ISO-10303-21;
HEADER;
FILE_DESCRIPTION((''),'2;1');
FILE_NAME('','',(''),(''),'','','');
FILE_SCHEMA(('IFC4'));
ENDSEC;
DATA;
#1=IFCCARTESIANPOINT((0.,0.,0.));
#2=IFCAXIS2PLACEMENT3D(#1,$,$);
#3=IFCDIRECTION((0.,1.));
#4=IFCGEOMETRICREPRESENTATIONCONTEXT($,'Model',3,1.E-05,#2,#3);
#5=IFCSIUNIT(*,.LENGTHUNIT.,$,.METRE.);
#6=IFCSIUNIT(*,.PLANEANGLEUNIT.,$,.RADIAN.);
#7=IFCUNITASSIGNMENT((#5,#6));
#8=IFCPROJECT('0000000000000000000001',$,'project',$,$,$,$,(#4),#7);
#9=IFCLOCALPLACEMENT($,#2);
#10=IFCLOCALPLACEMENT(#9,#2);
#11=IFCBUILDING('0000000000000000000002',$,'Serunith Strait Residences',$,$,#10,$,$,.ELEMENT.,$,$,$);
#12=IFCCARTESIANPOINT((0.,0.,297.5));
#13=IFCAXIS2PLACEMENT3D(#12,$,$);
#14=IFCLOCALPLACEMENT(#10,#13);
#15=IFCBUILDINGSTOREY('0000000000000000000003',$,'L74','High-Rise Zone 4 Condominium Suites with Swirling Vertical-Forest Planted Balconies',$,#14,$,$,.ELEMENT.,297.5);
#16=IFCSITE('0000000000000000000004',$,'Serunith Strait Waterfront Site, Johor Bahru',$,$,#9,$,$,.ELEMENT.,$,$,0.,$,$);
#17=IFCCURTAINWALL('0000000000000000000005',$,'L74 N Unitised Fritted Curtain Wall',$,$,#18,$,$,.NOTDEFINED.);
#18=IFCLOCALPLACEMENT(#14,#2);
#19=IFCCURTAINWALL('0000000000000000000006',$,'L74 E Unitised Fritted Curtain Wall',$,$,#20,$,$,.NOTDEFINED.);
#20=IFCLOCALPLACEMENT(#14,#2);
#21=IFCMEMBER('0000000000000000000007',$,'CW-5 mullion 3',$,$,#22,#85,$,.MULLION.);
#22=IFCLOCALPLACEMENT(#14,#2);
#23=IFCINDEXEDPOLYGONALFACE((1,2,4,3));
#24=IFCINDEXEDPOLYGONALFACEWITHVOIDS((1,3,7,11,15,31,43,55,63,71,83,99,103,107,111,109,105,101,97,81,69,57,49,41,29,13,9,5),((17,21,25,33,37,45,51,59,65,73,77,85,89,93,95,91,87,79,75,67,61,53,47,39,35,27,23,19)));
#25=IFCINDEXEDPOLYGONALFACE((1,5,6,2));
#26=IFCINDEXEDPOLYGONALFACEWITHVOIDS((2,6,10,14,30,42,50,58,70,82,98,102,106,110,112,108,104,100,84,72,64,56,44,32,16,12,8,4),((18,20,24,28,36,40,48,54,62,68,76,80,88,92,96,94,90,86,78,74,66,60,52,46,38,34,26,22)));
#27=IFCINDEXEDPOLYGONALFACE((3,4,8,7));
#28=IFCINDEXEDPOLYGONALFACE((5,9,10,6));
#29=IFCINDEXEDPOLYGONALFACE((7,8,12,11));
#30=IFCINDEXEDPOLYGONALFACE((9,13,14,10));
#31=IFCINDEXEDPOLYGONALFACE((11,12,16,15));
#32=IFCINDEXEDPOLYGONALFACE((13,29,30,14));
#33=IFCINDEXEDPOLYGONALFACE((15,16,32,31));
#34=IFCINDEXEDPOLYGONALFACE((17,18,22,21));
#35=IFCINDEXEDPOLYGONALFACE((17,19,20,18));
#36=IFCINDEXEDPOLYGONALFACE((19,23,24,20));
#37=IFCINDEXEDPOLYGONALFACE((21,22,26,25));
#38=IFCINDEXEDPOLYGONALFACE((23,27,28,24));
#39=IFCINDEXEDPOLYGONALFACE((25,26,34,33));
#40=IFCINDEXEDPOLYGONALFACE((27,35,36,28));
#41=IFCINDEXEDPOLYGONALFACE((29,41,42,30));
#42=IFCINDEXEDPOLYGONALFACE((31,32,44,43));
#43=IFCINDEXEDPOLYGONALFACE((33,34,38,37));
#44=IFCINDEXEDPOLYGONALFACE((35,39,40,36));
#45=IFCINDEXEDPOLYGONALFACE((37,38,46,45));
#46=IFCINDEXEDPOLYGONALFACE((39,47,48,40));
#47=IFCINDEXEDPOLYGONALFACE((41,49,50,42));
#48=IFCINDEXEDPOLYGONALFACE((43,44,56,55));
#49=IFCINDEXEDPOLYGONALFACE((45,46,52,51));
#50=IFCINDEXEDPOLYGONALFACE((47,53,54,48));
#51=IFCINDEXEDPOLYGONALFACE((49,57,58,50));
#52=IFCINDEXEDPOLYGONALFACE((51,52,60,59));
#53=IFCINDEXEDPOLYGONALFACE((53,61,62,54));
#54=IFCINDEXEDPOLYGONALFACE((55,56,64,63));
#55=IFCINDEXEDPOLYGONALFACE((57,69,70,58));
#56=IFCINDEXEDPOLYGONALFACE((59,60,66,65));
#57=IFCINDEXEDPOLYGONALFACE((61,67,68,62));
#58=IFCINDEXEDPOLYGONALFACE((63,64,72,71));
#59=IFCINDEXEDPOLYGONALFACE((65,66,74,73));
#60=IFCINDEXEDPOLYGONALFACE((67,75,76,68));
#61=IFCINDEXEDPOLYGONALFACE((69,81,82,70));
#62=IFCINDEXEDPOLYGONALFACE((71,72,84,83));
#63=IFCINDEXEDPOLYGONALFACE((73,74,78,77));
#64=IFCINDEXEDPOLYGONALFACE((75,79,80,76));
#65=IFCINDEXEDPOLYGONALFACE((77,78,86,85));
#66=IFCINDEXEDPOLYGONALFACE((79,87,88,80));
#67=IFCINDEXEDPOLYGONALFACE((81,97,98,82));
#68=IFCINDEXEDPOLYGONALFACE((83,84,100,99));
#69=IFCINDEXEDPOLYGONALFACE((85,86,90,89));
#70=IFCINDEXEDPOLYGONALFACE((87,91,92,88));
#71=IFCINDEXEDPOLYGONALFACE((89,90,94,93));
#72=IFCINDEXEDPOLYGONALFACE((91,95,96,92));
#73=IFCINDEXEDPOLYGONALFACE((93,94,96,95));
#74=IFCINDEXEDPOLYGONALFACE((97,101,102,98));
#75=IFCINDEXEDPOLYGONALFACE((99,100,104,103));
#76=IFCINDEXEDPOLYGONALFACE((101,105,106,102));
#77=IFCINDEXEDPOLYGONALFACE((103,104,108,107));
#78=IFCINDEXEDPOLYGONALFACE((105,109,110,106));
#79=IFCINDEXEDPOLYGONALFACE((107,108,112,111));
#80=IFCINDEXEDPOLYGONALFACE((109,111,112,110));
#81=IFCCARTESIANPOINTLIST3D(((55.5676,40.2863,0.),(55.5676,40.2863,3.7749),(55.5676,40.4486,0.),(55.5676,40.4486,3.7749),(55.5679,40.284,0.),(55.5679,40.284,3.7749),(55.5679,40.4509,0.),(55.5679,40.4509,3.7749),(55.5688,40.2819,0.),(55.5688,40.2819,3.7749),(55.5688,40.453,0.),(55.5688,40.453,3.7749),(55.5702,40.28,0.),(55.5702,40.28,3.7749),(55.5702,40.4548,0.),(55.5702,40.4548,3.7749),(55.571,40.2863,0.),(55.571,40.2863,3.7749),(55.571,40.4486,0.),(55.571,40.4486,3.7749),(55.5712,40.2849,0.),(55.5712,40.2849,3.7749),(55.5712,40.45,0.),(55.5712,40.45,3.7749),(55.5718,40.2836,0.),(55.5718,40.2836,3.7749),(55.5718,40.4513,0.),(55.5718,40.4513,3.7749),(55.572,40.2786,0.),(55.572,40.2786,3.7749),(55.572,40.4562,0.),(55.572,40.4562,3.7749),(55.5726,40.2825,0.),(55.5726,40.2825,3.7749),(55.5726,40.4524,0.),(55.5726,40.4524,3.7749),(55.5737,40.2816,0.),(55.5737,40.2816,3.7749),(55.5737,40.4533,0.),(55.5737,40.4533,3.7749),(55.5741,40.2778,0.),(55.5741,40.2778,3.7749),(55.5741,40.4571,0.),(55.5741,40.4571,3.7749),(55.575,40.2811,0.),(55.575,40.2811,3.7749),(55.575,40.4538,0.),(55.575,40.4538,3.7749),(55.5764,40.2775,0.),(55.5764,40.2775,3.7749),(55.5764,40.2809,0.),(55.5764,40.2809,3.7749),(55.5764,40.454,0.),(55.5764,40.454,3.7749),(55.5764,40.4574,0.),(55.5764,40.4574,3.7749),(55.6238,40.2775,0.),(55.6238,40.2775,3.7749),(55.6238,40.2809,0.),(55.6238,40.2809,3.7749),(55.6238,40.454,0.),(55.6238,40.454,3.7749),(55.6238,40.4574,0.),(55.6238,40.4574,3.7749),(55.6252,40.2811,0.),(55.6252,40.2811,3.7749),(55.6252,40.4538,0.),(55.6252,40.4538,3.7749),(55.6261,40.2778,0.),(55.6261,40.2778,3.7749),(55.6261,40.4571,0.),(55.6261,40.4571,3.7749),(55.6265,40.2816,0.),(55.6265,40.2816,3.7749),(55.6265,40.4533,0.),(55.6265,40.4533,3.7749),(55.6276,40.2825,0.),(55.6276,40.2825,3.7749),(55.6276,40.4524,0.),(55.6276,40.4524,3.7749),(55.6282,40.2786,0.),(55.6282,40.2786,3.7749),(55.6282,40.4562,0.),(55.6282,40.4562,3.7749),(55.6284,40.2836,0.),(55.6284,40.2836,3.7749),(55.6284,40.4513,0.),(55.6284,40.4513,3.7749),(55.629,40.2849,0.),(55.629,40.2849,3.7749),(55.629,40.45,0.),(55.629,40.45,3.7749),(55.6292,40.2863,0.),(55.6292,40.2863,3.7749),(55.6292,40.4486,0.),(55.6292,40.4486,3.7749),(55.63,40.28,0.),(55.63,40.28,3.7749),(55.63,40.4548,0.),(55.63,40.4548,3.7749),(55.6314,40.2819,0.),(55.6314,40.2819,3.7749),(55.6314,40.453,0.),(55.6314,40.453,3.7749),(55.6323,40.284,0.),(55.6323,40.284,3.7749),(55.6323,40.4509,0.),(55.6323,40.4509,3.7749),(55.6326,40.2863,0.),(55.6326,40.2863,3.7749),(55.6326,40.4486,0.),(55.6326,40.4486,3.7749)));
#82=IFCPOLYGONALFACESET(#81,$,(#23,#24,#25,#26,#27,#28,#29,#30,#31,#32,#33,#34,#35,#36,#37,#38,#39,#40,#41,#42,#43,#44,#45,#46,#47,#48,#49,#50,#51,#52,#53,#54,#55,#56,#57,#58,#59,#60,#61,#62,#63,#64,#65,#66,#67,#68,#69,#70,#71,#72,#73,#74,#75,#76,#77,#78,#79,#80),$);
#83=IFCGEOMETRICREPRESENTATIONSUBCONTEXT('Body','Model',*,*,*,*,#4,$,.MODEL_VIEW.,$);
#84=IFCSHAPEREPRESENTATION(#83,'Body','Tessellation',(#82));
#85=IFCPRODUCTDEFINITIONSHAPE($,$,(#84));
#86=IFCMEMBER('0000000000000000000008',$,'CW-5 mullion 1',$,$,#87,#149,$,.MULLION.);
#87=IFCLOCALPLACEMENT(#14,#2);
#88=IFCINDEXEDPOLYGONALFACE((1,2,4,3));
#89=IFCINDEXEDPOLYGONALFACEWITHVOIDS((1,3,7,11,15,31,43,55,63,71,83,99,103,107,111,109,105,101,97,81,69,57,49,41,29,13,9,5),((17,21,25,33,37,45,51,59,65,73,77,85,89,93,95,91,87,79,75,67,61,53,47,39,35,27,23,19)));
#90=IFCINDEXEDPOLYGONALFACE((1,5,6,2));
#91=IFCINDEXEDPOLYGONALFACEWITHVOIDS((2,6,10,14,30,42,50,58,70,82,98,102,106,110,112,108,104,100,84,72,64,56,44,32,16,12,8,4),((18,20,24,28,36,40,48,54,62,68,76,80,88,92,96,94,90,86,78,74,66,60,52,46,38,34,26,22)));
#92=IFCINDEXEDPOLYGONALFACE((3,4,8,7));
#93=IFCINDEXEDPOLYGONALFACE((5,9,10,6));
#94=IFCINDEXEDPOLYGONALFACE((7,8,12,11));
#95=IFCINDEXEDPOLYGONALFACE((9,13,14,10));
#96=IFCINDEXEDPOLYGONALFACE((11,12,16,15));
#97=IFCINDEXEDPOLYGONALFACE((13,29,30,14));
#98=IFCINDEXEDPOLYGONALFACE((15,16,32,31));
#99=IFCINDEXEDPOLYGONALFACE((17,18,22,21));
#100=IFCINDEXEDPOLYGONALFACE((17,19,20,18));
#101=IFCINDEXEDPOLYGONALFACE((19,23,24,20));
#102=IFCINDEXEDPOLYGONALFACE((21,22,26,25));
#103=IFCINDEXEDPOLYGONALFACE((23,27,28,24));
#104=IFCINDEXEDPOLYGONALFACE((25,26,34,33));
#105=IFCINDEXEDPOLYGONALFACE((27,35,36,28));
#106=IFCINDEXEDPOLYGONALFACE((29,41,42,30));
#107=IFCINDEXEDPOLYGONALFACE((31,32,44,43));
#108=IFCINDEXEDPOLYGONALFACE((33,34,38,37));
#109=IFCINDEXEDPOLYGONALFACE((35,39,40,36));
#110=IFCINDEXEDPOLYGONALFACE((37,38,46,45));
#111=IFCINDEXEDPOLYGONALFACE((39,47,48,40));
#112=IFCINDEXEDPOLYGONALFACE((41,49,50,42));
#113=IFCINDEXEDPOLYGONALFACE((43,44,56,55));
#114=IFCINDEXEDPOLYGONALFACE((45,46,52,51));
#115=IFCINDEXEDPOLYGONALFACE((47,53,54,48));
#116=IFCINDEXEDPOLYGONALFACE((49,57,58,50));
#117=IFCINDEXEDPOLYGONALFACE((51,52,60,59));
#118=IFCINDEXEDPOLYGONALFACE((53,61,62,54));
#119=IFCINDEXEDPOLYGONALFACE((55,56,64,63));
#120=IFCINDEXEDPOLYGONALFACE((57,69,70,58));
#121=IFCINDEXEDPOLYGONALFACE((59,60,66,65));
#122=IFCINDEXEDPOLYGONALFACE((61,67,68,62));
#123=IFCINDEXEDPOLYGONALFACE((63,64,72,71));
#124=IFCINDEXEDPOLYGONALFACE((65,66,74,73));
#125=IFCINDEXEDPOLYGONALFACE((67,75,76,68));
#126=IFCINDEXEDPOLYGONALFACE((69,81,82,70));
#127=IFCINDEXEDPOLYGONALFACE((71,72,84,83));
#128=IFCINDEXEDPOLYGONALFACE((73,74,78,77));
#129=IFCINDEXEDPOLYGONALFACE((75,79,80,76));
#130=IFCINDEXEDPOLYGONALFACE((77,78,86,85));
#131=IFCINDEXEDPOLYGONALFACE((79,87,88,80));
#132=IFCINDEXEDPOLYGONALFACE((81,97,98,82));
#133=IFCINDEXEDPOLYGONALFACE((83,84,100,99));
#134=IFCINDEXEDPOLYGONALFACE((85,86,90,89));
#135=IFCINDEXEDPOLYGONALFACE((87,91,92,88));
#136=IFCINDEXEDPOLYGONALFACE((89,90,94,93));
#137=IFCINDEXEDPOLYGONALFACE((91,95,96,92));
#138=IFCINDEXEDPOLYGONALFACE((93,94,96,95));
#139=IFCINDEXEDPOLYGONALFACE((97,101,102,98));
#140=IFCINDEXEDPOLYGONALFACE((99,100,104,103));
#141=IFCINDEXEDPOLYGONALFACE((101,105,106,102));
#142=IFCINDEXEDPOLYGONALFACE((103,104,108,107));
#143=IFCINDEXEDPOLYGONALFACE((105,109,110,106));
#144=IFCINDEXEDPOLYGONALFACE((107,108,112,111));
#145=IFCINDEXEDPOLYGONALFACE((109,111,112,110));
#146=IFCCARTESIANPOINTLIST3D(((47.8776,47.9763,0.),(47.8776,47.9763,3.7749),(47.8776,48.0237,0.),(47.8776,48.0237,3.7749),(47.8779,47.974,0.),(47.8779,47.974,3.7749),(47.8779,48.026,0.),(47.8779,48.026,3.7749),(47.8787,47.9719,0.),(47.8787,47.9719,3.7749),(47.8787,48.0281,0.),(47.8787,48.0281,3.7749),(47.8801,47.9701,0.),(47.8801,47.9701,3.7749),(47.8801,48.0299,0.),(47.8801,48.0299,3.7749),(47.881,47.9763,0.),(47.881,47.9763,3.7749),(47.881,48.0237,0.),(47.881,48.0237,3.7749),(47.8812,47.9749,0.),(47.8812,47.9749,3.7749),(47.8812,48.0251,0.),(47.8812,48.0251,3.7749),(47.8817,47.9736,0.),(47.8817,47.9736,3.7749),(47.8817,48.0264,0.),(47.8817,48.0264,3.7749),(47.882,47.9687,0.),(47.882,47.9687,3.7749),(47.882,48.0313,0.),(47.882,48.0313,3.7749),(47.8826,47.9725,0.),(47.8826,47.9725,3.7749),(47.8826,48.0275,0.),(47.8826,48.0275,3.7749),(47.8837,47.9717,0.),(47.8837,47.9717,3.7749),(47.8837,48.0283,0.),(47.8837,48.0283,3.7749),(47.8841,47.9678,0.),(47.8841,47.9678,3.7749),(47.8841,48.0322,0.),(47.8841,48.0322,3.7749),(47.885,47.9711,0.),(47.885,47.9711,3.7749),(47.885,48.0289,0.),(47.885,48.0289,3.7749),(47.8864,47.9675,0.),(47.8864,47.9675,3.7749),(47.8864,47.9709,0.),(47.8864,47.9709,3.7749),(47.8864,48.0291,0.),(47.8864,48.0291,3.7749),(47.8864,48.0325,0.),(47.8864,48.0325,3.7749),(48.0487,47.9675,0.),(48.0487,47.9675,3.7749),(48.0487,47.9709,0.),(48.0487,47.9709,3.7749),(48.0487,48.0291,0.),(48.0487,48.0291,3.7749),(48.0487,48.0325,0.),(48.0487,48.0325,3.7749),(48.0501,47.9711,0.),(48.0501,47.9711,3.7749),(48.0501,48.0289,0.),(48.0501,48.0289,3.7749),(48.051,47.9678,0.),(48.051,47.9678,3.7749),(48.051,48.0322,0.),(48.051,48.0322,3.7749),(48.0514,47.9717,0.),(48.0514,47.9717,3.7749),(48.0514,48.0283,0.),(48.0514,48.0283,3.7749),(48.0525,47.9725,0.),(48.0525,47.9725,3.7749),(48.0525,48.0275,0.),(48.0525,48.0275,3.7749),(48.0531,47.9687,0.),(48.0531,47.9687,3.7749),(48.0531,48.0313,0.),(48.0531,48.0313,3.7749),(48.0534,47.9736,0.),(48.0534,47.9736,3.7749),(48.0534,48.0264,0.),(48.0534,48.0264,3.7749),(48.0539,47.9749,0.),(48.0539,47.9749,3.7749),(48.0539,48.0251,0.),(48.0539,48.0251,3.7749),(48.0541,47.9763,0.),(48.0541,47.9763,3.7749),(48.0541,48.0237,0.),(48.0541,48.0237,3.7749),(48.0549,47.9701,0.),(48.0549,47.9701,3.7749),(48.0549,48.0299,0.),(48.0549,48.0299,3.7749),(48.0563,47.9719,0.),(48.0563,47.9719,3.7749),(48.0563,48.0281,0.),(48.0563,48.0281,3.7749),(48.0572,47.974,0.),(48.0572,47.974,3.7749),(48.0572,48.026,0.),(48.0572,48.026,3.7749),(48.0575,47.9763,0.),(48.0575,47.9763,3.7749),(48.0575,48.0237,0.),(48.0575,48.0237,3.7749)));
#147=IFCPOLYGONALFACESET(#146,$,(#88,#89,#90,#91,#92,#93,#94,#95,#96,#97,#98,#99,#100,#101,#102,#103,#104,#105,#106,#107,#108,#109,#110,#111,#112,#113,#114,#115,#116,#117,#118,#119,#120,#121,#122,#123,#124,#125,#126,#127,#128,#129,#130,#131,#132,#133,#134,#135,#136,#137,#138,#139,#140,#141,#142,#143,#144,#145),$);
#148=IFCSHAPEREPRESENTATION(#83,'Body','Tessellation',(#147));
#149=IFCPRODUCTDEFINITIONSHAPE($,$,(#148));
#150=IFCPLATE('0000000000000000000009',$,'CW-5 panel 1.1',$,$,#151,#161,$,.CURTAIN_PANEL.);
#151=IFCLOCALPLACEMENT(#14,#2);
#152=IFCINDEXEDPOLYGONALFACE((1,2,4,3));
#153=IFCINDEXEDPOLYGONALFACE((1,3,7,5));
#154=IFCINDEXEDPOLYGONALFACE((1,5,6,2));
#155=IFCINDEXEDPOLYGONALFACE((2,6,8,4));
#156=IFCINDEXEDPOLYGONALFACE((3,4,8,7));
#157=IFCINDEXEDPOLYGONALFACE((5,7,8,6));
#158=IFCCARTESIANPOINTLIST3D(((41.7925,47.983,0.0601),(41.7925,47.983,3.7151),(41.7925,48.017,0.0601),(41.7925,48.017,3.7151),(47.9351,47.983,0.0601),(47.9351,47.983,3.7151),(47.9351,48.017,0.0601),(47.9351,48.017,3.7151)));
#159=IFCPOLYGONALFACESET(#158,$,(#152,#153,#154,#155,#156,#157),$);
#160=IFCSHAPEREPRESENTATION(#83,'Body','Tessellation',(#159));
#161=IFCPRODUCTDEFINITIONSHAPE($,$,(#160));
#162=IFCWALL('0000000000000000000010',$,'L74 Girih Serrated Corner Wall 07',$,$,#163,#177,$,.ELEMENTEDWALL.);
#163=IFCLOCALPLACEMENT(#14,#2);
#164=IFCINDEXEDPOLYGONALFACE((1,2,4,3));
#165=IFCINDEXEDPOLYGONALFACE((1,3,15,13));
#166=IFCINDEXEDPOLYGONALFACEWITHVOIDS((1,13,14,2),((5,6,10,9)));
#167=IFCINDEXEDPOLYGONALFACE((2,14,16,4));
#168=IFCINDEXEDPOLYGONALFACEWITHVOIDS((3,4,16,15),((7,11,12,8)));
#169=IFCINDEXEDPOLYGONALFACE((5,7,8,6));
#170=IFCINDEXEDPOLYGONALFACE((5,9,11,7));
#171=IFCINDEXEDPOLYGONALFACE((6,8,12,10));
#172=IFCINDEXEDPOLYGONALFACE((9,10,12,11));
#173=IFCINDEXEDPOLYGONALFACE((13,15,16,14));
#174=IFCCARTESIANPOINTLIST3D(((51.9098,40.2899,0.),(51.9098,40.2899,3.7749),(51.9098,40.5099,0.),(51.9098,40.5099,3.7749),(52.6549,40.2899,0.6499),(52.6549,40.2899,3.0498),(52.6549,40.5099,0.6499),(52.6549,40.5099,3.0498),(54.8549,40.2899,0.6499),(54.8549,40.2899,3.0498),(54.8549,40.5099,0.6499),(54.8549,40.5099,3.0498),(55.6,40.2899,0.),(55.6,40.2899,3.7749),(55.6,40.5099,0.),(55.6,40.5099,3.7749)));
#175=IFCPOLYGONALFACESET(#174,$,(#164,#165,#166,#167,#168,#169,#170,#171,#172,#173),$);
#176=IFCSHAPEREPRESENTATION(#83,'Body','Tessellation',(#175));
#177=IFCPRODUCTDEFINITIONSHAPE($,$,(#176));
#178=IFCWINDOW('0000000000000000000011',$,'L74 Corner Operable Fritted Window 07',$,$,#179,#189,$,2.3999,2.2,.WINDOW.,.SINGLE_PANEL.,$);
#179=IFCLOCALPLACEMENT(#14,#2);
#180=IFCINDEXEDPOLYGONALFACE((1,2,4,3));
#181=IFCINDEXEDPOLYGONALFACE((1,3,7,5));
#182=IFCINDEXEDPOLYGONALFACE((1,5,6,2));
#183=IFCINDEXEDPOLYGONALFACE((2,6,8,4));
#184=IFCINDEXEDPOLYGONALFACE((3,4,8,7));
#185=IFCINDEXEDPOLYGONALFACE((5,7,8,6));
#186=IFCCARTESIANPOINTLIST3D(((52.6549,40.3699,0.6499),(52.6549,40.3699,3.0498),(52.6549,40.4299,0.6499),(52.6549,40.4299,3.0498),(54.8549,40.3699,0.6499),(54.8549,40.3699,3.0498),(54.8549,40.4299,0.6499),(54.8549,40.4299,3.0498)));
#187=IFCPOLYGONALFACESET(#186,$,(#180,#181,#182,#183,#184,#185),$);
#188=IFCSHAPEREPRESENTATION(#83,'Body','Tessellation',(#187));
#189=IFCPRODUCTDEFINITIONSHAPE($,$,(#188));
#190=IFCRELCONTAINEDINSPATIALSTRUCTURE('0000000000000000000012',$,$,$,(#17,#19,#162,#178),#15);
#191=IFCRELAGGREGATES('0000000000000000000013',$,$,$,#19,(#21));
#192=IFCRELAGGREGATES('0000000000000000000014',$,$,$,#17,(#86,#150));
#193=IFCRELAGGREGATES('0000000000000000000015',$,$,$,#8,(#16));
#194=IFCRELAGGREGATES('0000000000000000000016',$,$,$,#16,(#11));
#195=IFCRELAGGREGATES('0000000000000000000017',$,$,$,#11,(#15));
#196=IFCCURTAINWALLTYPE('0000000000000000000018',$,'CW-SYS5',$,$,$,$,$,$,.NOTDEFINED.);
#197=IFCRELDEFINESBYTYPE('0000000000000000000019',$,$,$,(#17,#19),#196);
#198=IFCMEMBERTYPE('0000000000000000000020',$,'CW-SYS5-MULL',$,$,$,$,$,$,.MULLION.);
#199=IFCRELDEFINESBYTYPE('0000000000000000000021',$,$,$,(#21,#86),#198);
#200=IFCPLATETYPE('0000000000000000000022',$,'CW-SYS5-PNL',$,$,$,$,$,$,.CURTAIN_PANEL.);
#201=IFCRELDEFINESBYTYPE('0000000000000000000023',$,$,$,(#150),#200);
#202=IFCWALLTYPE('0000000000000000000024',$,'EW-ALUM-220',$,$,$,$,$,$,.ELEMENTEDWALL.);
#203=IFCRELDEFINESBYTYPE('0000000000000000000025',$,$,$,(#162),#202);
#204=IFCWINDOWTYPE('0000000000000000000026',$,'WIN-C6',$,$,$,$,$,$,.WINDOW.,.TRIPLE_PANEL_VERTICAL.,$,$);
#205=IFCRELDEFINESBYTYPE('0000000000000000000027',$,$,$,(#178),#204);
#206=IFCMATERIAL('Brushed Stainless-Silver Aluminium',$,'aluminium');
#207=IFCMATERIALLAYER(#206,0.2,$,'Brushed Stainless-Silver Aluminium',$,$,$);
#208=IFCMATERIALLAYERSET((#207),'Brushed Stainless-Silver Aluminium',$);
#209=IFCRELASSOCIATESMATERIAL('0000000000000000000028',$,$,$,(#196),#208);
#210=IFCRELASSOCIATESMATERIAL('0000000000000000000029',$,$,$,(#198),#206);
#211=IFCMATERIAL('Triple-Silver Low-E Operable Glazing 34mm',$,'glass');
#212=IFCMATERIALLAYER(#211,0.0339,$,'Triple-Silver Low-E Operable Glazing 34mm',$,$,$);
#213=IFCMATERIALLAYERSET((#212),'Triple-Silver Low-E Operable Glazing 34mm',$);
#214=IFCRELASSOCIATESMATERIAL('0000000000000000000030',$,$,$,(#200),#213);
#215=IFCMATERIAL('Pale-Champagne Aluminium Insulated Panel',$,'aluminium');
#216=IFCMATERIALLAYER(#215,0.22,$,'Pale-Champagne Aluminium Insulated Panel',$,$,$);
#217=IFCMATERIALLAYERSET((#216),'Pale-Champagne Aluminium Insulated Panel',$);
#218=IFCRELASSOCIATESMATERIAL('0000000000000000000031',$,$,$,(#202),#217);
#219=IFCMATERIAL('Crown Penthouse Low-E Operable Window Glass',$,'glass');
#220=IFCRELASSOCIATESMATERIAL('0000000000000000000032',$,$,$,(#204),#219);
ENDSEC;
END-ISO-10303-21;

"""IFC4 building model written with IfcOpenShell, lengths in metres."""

from ifc_helpers import new_model, si_unit, direction, frame, frame_2d, origin, origin_2d, place, context, subcontext, project, spatial, rectangle, hollow_rectangle, extrude, source, transform, mapped, material, layer, layer_set, material_profile, profile_set, type_object, element, fill, aggregate, save


model = new_model("IFC4")

# Units and contexts
model_context = context("Model", 3, precision=1e-05, world=origin(), true_north=direction((0.0, 1.0)))
body_context = subcontext(model_context, "Body", "Model", "MODEL_VIEW")
ifc_project = project(units=[si_unit("LENGTHUNIT", "METRE"), si_unit("PLANEANGLEUNIT", "RADIAN")], contexts=[model_context])

# Site, building, storey
site_placement = place(None, origin())
site = spatial("IfcSite", under=ifc_project, at=site_placement, Name="Serunith Strait Waterfront Site, Johor Bahru", CompositionType="ELEMENT", RefElevation=0.0)
building_placement = place(site_placement, origin())
building = spatial("IfcBuilding", under=site, at=building_placement, Name="Serunith Strait Residences", CompositionType="ELEMENT")
storey_placement = place(building_placement, frame((0.0, 0.0, 297.5)))
storey = spatial("IfcBuildingStorey", under=building, at=storey_placement, Name="L74", Description="High-Rise Zone 4 Condominium Suites with Swirling Vertical-Forest Planted Balconies", CompositionType="ELEMENT", Elevation=297.5)

# Curtain wall
ifc_material_1 = material(Name="Brushed Stainless-Silver Aluminium", Category="aluminium")
ifc_layer_1 = layer(ifc_material_1, 0.2, Name="Brushed Stainless-Silver Aluminium")
ifc_layer_set_1 = layer_set([ifc_layer_1], Name="Brushed Stainless-Silver Aluminium")
curtain_wall_type = type_object("IfcCurtainWallType", Name="CW-SYS5", PredefinedType="NOTDEFINED", material=ifc_layer_set_1)
curtain_wall_1_placement = place(storey_placement, origin())
curtain_wall_1 = element("IfcCurtainWall", 1, at=curtain_wall_1_placement, inside=storey, type_object=curtain_wall_type, Name="L74 N Unitised Fritted Curtain Wall", PredefinedType="NOTDEFINED")

# Curtain wall, member
curtain_wall_2_placement = place(storey_placement, origin())
curtain_wall_2 = element("IfcCurtainWall", 2, at=curtain_wall_2_placement, inside=storey, type_object=curtain_wall_type, Name="L74 E Unitised Fritted Curtain Wall", PredefinedType="NOTDEFINED")
ifc_material_profile_1 = material_profile(ifc_material_1, hollow_rectangle(XDim=0.0649, YDim=0.1799, WallThickness=0.0034, InnerFilletRadius=0.0054, OuterFilletRadius=0.0088, at=origin_2d()), Name="ALU 180x65x3.5")
ifc_profile_set_1 = profile_set([ifc_material_profile_1], Name="Brushed Stainless-Silver Aluminium")
member_type_1 = type_object("IfcMemberType", Name="CW-SYS5-MULL", PredefinedType="MULLION", material=ifc_profile_set_1)
shared_shape_1 = source(origin(), body_context, "Body", "SweptSolid", [
    extrude(hollow_rectangle(XDim=0.0649, YDim=0.1799, WallThickness=0.0034, InnerFilletRadius=0.0054, OuterFilletRadius=0.0088, at=origin_2d()), origin(), (0.0, 0.0, 1.0), 3.7749),
])
member_1_placement = place(storey_placement, frame((55.6001, 40.3674, 0.0), z_axis=(0.0, 0.0, 1.0), x_axis=(-1.0, 0.0, 0.0)))
member_1 = element("IfcMember", 3, at=member_1_placement, type_object=member_type_1, Name="CW-5 mullion 3", PredefinedType="MULLION", context=body_context, shape_type="MappedRepresentation", body=[
    mapped(shared_shape_1, transform((0.0, 0.0, 0.0), scale=1.0)),
])
aggregate(curtain_wall_2, [member_1])

# Member
member_2_placement = place(storey_placement, frame((47.9675, 48.0, 0.0), z_axis=(0.0, 0.0, 1.0), x_axis=(0.0, -1.0, 0.0)))
member_2 = element("IfcMember", 4, at=member_2_placement, type_object=member_type_1, Name="CW-5 mullion 1", PredefinedType="MULLION", context=body_context, shape_type="MappedRepresentation", body=[
    mapped(shared_shape_1, transform((0.0, 0.0, 0.0), scale=1.0)),
])

# Plate
ifc_material_2 = material(Name="Triple-Silver Low-E Operable Glazing 34mm", Category="glass")
ifc_layer_2 = layer(ifc_material_2, 0.0339, Name="Triple-Silver Low-E Operable Glazing 34mm")
ifc_layer_set_2 = layer_set([ifc_layer_2], Name="Triple-Silver Low-E Operable Glazing 34mm")
plate_type = type_object("IfcPlateType", Name="CW-SYS5-PNL", PredefinedType="CURTAIN_PANEL", material=ifc_layer_set_2)
shared_shape_2 = source(origin(), body_context, "Body", "SweptSolid", [
    extrude(rectangle(XDim=6.1426, YDim=0.0339, at=origin_2d()), origin(), (0.0, 0.0, 1.0), 3.655),
])
plate_placement = place(storey_placement, frame((44.8638, 48.0, 0.0601), z_axis=(0.0, 0.0, 1.0), x_axis=(-1.0, 0.0, 0.0)))
plate = element("IfcPlate", 5, at=plate_placement, type_object=plate_type, Name="CW-5 panel 1.1", PredefinedType="CURTAIN_PANEL", context=body_context, shape_type="MappedRepresentation", body=[
    mapped(shared_shape_2, transform((0.0, 0.0, 0.0), scale=1.0)),
])
aggregate(curtain_wall_1, [member_2, plate])

# Wall, opening, window
ifc_material_3 = material(Name="Pale-Champagne Aluminium Insulated Panel", Category="aluminium")
ifc_layer_3 = layer(ifc_material_3, 0.22, Name="Pale-Champagne Aluminium Insulated Panel")
ifc_layer_set_3 = layer_set([ifc_layer_3], Name="Pale-Champagne Aluminium Insulated Panel")
wall_type_1 = type_object("IfcWallType", Name="EW-ALUM-220", PredefinedType="ELEMENTEDWALL", material=ifc_layer_set_3)
wall_1_placement = place(storey_placement, frame((55.6001, 40.3999, 0.0), z_axis=(0.0, 0.0, 1.0), x_axis=(-1.0, 0.0, 0.0)))
wall_1 = element("IfcWall", 6, at=wall_1_placement, inside=storey, type_object=wall_type_1, Name="L74 Girih Serrated Corner Wall 07", PredefinedType="ELEMENTEDWALL", context=body_context, shape_type="SweptSolid", body=[
    extrude(rectangle(XDim=3.6902, YDim=0.22, at=frame_2d((1.8452, 0.0))), origin(), (0.0, 0.0, 1.0), 3.7749),
])
opening_1_placement = place(wall_1_placement, frame((0.7451, 0.0, 0.6499)))
opening_1 = element("IfcOpeningElement", 7, at=opening_1_placement, cuts=wall_1, PredefinedType="OPENING", context=body_context, shape_type="SweptSolid", body=[
    extrude(rectangle(XDim=2.2, YDim=2.3999, at=frame_2d((1.1001, 1.2))), frame((0.0, 0.1201, 0.0), z_axis=(0.0, -1.0, 0.0), x_axis=(1.0, 0.0, 0.0)), (0.0, 0.0, 1.0), 0.24),
])
ifc_material_4 = material(Name="Crown Penthouse Low-E Operable Window Glass", Category="glass")
window_type = type_object("IfcWindowType", Name="WIN-C6", PartitioningType="TRIPLE_PANEL_VERTICAL", PredefinedType="WINDOW", material=ifc_material_4)
shared_shape_3 = source(origin(), body_context, "Body", "SweptSolid", [
    extrude(rectangle(XDim=2.2, YDim=2.3999, at=frame_2d((1.1001, 1.2))), frame((0.0, 0.03, 0.0), z_axis=(0.0, -1.0, 0.0), x_axis=(1.0, 0.0, 0.0)), (0.0, 0.0, 1.0), 0.0601),
])
window_1_placement = place(opening_1_placement, origin())
window_1 = element("IfcWindow", 8, at=window_1_placement, inside=storey, type_object=window_type, Name="L74 Corner Operable Fritted Window 07", OverallHeight=2.3999, OverallWidth=2.2, PartitioningType="SINGLE_PANEL", PredefinedType="WINDOW", context=body_context, shape_type="MappedRepresentation", body=[
    mapped(shared_shape_3, transform((0.0, 0.0, 0.0), scale=1.0)),
])
fill(opening_1, window_1)

save(model, "model.ifc")
